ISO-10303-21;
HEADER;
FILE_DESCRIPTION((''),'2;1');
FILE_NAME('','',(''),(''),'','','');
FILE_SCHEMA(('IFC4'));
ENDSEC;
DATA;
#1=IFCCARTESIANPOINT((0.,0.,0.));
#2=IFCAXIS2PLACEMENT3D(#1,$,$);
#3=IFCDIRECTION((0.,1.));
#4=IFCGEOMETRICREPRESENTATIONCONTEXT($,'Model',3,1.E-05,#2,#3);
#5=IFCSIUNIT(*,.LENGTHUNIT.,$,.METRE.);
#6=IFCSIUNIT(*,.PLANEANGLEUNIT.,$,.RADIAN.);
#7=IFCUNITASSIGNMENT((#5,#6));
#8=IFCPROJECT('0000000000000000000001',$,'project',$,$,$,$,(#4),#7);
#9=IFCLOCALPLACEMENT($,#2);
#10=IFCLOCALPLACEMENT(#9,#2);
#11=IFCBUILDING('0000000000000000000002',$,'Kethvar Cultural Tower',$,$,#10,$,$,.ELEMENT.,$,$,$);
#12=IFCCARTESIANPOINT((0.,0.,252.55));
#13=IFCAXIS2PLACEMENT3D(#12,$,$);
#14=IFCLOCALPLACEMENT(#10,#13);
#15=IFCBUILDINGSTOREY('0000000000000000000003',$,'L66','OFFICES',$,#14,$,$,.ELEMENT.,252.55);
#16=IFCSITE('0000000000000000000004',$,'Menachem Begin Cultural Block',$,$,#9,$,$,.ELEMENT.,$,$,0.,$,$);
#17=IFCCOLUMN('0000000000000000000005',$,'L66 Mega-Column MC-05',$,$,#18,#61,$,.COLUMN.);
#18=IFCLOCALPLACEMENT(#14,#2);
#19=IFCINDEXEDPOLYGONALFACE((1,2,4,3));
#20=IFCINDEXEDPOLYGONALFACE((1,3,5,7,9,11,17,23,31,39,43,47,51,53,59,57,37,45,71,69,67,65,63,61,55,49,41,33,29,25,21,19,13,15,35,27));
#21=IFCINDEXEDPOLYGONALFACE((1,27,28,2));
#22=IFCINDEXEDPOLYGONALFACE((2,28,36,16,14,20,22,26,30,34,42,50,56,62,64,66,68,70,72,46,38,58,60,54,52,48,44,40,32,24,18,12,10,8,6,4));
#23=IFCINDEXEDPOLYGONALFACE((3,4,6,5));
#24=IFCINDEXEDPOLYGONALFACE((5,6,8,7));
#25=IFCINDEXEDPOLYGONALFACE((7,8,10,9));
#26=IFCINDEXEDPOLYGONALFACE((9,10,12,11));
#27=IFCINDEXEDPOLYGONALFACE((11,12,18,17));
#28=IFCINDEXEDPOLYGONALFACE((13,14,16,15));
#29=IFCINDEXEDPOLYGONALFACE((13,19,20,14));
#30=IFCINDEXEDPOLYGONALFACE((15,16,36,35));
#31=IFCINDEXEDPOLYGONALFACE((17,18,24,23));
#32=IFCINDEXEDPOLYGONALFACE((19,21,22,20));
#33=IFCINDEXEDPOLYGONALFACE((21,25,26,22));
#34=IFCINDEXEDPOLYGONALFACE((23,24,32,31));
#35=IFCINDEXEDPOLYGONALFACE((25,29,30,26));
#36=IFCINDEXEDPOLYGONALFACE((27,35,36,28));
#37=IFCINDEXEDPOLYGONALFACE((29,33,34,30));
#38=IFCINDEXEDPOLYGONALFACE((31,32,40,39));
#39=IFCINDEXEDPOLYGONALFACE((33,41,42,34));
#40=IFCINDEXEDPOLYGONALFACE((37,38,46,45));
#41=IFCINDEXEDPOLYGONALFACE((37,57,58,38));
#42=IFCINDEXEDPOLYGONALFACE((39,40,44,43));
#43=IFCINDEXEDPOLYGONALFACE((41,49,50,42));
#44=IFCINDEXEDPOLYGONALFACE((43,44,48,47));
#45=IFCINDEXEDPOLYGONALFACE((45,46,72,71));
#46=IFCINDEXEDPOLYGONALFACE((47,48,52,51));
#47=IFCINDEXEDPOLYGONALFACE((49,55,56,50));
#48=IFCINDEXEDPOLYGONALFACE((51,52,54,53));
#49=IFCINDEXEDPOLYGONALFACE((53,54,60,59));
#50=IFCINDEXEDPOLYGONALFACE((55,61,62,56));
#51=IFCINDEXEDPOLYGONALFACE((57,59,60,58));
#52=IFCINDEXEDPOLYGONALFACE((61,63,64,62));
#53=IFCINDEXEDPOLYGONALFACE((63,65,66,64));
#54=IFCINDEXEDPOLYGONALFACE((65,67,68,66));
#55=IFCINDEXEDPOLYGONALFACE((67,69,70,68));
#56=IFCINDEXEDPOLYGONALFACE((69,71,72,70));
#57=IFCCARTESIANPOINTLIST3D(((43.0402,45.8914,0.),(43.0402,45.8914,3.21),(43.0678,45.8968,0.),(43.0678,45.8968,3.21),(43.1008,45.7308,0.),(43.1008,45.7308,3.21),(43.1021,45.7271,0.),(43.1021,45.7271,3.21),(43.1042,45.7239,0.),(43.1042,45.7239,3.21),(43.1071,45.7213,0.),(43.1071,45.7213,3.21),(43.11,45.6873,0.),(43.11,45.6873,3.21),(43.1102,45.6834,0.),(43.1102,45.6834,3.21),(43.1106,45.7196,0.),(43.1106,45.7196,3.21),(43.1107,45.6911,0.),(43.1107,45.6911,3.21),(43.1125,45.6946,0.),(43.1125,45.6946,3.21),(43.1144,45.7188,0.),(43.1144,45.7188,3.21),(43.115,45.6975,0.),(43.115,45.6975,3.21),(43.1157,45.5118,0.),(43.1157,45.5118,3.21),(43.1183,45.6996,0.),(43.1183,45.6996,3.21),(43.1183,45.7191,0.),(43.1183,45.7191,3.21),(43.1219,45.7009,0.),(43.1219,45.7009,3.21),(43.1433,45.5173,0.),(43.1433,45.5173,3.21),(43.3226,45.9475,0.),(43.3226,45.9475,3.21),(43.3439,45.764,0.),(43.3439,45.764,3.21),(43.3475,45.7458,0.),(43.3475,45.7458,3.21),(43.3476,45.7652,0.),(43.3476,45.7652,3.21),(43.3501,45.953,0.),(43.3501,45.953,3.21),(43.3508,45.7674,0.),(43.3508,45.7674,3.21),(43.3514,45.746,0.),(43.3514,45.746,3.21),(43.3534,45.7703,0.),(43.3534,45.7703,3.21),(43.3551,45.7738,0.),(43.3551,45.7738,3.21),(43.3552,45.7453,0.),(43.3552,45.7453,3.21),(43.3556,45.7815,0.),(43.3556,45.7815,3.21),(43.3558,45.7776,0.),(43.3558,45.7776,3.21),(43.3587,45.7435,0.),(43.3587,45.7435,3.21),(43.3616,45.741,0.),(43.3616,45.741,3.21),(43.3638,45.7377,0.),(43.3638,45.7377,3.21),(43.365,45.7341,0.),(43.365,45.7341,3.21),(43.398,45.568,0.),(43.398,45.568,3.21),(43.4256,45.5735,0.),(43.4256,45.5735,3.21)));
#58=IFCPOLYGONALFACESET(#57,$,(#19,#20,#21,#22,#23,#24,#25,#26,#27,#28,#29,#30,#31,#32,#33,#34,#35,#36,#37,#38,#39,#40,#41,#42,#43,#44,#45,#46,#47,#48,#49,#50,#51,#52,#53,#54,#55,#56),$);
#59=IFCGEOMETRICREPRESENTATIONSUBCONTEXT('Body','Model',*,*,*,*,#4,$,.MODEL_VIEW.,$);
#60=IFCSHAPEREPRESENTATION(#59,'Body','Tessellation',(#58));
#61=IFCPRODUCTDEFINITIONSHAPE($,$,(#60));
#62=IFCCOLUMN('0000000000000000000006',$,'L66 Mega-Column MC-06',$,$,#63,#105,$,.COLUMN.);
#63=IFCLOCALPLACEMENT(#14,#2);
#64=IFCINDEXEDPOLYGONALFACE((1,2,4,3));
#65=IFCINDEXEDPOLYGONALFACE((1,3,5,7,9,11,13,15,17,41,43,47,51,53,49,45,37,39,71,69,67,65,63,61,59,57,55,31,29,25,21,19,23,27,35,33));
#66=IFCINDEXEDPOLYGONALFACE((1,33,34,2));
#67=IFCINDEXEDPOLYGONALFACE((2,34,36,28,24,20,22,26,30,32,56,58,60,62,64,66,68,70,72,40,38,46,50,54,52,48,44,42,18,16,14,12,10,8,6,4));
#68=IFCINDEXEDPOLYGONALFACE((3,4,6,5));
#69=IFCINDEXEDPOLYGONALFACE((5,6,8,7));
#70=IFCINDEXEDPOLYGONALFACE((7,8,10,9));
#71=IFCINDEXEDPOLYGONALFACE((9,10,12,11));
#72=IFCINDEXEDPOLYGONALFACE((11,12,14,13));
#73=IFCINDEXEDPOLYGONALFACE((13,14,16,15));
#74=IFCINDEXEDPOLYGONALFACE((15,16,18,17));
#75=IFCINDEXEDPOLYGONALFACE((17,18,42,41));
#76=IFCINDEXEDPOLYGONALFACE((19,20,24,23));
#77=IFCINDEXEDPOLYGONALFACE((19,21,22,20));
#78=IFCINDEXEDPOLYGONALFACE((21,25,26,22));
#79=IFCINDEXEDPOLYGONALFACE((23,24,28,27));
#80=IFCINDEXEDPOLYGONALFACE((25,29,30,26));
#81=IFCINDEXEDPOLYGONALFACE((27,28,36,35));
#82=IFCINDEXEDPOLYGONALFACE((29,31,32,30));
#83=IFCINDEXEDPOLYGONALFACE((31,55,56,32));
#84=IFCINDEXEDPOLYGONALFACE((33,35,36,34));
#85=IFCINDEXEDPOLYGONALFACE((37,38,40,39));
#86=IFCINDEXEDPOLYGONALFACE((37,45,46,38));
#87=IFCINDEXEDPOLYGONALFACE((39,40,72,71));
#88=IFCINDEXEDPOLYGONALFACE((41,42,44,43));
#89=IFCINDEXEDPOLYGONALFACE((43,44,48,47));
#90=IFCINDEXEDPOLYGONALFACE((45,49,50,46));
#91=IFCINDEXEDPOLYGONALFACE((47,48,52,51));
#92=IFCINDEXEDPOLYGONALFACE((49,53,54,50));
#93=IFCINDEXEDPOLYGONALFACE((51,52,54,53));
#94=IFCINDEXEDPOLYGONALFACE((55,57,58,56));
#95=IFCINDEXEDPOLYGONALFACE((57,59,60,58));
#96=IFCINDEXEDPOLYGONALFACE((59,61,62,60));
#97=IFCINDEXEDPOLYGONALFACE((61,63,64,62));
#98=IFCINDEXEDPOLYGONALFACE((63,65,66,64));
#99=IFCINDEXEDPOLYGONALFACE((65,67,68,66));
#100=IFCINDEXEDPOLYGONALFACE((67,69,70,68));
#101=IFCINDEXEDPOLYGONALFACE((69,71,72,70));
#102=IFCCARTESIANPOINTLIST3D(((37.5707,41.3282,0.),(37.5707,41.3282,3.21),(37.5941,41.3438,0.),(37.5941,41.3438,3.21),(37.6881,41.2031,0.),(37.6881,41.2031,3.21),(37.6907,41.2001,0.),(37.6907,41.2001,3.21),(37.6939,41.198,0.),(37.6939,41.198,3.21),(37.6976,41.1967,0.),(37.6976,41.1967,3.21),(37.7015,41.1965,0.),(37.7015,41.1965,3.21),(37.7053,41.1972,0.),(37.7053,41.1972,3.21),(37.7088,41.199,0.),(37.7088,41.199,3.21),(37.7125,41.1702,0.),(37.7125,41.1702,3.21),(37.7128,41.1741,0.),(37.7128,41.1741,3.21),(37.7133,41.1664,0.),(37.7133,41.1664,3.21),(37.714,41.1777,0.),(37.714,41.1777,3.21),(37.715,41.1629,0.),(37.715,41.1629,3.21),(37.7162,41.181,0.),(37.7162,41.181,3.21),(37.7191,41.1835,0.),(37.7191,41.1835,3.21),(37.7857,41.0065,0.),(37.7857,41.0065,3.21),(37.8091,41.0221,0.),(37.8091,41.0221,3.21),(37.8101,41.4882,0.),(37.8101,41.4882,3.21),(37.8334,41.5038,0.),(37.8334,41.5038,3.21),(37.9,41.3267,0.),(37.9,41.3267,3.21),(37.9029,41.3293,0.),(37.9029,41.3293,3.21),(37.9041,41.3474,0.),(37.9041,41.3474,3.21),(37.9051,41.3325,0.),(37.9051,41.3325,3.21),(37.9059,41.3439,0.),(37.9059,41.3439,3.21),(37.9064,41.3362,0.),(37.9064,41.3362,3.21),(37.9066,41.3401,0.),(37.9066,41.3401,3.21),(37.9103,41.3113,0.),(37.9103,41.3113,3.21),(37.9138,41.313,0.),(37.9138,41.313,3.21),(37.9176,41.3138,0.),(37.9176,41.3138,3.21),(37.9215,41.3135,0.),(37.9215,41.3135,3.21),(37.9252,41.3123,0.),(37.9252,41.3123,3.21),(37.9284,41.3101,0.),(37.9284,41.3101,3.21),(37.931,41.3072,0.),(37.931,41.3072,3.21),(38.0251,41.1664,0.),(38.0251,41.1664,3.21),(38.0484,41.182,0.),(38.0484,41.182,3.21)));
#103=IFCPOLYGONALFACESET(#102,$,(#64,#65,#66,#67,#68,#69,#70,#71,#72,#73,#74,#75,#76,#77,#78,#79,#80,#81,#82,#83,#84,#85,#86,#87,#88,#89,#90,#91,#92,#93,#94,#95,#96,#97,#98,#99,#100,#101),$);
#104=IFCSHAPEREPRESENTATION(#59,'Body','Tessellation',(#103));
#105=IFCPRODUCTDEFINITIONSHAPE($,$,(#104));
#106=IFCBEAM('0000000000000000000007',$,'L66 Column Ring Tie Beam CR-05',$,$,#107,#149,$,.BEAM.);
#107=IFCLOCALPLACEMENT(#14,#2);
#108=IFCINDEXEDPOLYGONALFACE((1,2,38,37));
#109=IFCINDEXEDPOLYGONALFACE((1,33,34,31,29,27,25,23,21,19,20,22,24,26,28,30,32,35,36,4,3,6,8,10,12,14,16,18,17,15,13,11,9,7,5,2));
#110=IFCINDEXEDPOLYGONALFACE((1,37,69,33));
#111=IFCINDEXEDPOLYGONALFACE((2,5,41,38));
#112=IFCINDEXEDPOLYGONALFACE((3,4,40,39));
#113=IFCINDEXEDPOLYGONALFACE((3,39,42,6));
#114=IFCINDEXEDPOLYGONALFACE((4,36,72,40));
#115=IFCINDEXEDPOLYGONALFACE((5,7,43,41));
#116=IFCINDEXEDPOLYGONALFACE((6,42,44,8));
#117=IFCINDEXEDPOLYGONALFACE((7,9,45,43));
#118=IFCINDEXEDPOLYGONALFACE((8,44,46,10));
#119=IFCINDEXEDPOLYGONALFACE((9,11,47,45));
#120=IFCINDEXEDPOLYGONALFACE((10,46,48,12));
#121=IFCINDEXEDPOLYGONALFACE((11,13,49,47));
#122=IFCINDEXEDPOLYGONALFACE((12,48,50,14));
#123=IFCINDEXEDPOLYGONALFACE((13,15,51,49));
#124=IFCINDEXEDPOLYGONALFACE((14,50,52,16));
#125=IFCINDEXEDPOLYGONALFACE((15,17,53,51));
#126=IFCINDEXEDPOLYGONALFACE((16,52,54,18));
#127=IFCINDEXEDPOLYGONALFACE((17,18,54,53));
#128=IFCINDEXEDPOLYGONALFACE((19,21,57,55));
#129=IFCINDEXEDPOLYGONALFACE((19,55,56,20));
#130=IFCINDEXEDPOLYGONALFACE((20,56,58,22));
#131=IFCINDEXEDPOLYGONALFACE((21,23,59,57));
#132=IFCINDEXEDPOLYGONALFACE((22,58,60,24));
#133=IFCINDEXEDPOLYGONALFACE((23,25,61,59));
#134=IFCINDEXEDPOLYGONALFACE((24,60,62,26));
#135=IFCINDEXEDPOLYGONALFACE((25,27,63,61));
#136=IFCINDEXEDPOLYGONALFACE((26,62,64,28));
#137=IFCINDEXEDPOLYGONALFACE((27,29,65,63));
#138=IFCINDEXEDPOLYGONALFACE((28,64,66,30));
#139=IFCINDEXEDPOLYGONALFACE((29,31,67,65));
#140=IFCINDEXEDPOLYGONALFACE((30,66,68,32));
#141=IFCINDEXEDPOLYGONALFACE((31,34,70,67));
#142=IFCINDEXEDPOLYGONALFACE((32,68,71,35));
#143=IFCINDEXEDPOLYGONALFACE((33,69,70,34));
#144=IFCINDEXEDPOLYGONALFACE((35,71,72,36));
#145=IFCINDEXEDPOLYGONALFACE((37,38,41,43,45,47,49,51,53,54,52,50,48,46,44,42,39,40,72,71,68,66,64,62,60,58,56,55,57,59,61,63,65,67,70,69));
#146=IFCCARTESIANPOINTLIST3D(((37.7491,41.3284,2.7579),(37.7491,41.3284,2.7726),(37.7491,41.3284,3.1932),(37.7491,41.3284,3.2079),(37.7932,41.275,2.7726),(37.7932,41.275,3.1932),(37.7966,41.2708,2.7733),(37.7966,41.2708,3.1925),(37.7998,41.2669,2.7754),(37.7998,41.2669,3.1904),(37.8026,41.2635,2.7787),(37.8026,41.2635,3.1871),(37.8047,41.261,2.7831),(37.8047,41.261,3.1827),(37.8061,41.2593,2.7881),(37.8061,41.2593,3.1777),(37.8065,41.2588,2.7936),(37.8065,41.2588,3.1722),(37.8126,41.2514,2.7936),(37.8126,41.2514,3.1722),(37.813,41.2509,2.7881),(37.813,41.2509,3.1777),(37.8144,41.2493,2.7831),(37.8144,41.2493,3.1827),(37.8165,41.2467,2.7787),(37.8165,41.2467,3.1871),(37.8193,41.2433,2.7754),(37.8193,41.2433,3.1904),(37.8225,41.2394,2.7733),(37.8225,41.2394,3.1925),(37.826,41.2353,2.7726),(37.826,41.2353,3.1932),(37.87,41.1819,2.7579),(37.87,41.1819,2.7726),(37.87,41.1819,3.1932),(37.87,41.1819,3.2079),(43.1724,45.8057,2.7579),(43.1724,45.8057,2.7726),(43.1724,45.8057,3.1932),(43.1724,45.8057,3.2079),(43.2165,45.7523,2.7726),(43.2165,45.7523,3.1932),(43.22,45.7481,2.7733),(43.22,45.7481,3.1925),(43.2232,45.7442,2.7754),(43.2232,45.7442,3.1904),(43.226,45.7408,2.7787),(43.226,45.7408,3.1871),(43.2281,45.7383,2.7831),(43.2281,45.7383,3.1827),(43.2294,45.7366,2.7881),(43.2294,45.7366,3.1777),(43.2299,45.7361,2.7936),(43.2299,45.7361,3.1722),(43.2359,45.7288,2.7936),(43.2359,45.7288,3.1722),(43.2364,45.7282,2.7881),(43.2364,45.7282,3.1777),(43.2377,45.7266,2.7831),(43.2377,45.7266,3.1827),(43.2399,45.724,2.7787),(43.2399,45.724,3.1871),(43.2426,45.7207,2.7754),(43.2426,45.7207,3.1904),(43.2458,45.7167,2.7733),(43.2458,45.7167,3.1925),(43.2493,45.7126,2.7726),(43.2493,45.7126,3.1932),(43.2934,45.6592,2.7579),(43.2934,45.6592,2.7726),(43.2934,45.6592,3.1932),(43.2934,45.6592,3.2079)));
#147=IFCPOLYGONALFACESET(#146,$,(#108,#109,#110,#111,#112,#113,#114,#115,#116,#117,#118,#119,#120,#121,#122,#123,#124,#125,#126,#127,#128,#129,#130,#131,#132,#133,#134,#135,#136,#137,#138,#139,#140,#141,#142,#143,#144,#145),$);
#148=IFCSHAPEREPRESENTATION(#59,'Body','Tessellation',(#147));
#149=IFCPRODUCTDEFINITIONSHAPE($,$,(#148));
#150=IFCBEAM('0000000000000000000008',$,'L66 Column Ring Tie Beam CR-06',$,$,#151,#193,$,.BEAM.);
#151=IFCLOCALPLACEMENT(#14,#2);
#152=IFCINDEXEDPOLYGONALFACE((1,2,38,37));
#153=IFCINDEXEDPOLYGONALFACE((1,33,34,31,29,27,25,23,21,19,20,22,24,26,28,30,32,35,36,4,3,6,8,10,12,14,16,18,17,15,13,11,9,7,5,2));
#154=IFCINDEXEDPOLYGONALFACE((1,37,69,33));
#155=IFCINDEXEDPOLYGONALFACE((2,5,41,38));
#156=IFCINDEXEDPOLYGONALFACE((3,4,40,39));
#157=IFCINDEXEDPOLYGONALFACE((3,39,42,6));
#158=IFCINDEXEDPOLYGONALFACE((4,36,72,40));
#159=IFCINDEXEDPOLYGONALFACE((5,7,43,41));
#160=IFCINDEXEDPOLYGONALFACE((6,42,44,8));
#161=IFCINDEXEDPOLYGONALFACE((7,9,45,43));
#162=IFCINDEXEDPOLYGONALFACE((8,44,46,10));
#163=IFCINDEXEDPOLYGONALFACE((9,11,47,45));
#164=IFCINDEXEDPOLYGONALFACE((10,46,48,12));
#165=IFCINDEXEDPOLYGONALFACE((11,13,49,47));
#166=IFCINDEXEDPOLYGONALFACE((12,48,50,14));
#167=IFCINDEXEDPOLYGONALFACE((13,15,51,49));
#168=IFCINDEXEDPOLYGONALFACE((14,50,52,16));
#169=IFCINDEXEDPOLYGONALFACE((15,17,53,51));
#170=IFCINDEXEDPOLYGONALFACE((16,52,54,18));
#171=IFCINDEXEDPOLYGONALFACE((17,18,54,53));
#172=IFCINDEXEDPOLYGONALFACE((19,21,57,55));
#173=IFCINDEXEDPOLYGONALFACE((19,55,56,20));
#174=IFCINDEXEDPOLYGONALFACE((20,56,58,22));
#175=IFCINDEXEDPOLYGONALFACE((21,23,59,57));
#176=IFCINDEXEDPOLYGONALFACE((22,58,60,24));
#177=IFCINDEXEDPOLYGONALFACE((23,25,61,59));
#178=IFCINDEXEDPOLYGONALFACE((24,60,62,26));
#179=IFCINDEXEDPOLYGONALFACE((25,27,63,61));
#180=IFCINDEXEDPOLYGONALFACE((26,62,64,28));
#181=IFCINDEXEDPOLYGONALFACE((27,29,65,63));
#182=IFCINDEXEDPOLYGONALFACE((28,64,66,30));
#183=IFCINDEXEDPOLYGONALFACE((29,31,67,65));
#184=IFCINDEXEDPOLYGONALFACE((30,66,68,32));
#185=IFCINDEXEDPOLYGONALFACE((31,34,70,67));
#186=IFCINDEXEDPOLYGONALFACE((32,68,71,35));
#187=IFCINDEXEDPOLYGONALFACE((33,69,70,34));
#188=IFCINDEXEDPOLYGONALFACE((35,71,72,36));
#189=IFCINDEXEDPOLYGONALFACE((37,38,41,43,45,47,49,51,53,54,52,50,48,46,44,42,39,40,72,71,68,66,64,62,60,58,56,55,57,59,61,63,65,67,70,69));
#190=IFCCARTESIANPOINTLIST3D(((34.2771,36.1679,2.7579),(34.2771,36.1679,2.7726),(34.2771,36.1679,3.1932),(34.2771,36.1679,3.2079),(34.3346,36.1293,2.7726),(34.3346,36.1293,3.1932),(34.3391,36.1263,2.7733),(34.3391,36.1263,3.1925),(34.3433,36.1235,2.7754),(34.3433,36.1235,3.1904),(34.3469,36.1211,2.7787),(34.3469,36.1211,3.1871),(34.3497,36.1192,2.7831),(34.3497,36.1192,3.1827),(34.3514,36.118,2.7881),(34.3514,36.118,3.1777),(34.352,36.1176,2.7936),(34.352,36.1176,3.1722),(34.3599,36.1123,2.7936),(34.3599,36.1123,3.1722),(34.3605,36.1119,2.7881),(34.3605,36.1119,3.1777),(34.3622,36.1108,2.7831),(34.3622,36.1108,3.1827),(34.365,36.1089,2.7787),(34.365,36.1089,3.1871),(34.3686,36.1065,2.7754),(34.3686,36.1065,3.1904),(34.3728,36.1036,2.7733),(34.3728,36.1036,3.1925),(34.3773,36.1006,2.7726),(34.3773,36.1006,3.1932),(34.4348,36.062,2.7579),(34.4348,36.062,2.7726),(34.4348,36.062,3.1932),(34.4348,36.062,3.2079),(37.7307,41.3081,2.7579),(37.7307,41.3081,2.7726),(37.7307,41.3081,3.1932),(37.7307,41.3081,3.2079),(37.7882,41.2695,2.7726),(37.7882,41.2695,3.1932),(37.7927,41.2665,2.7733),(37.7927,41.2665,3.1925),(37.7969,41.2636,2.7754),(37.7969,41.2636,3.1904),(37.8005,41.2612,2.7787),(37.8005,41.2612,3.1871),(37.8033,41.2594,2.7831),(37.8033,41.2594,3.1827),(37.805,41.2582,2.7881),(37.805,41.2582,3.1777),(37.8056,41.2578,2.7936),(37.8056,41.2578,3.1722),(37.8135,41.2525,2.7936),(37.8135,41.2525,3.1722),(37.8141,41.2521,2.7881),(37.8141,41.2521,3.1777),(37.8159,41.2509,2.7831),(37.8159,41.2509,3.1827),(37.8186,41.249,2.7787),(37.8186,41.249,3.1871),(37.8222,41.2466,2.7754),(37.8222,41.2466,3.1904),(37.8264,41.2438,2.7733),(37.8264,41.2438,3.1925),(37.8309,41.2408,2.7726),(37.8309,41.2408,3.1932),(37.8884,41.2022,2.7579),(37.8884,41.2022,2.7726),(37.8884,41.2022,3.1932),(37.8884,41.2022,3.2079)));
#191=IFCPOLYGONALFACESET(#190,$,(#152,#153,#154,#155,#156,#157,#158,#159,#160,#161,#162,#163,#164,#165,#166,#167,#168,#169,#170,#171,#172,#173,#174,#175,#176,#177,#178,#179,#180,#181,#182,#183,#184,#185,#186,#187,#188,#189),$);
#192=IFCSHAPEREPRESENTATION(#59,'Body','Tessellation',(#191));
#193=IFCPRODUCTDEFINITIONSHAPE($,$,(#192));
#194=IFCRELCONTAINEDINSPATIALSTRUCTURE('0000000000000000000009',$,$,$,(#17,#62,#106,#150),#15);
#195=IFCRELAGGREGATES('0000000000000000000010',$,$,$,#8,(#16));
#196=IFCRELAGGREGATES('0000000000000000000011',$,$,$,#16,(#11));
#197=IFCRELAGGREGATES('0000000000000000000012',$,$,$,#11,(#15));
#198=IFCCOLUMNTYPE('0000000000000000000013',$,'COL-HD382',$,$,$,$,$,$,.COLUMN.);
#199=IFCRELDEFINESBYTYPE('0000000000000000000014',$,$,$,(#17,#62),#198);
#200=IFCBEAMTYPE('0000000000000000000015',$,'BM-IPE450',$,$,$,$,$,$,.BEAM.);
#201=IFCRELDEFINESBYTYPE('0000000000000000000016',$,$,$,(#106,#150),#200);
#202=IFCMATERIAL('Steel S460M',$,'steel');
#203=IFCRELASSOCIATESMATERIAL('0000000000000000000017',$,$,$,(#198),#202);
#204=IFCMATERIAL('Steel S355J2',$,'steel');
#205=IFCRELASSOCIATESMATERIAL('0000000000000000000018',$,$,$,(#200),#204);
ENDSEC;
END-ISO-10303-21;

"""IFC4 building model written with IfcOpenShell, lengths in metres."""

from ifc_helpers import new_model, si_unit, direction, frame, origin, origin_2d, place, context, subcontext, project, spatial, i_section, extrude, source, transform, mapped, material, material_profile, profile_set, type_object, element, save


model = new_model("IFC4")

# Units and contexts
model_context = context("Model", 3, precision=1e-05, world=origin(), true_north=direction((0.0, 1.0)))
body_context = subcontext(model_context, "Body", "Model", "MODEL_VIEW")
ifc_project = project(units=[si_unit("LENGTHUNIT", "METRE"), si_unit("PLANEANGLEUNIT", "RADIAN")], contexts=[model_context])

# Site, building, storey
site_placement = place(None, origin())
site = spatial("IfcSite", under=ifc_project, at=site_placement, Name="Menachem Begin Cultural Block", CompositionType="ELEMENT", RefElevation=0.0)
building_placement = place(site_placement, origin())
building = spatial("IfcBuilding", under=site, at=building_placement, Name="Kethvar Cultural Tower", CompositionType="ELEMENT")
storey_placement = place(building_placement, frame((0.0, 0.0, 252.55)))
storey = spatial("IfcBuildingStorey", under=building, at=storey_placement, Name="L66", Description="OFFICES", CompositionType="ELEMENT", Elevation=252.55)

# Columns
ifc_material_1 = material(Name="Steel S460M", Category="steel")
ifc_material_profile_1 = material_profile(ifc_material_1, i_section(OverallWidth=0.387, OverallDepth=0.3159, WebThickness=0.0186, FlangeThickness=0.0281, FilletRadius=0.0149, at=origin_2d()), Name="Steel S460M — HD400x382")
ifc_profile_set_1 = profile_set([ifc_material_profile_1], Name="Steel S460M — HD400x382")
column_type = type_object("IfcColumnType", Name="COL-HD382", PredefinedType="COLUMN", material=ifc_profile_set_1)
shared_shape_1 = source(origin(), body_context, "Body", "SweptSolid", [
    extrude(i_section(OverallWidth=0.387, OverallDepth=0.3159, WebThickness=0.0186, FlangeThickness=0.0281, FilletRadius=0.0149, at=origin_2d()), origin(), (0.0, 0.0, 1.0), 3.21),
])
for number, where, z_axis, x_axis, name in (
    (1, (43.2329, 45.7324, 0.0), (0.0, 0.0, 1.0), (-0.19509, 0.980785, 0.0), "L66 Mega-Column MC-05"),
    (2, (37.8096, 41.2551, 0.0), (0.0, 0.0, 1.0), (-0.55557, 0.83147, 0.0), "L66 Mega-Column MC-06"),
):
    element("IfcColumn", number, at=place(storey_placement, frame(where, z_axis=z_axis, x_axis=x_axis)), inside=storey, type_object=column_type, Name=name, PredefinedType="COLUMN", context=body_context, shape_type="MappedRepresentation", body=[
        mapped(shared_shape_1, transform((0.0, 0.0, 0.0), scale=1.0)),
    ])

# Beams
ifc_material_2 = material(Name="Steel S355J2", Category="steel")
ifc_material_profile_2 = material_profile(ifc_material_2, i_section(OverallWidth=0.1899, OverallDepth=0.45, WebThickness=0.0095, FlangeThickness=0.0146, FilletRadius=0.021, at=origin_2d()), Name="Steel S355J2 — IPE450")
ifc_profile_set_2 = profile_set([ifc_material_profile_2], Name="Steel S355J2 — IPE450")
beam_type_1 = type_object("IfcBeamType", Name="BM-IPE450", PredefinedType="BEAM", material=ifc_profile_set_2)
shared_shape_2 = source(origin(), body_context, "Body", "SweptSolid", [
    extrude(i_section(OverallWidth=0.1899, OverallDepth=0.45, WebThickness=0.0095, FlangeThickness=0.0146, FilletRadius=0.021, at=origin_2d()), origin(), (0.0, 0.0, 1.0), 7.0327),
])
beam_1_placement = place(storey_placement, frame((43.2329, 45.7324, 2.9829), z_axis=(-0.771161, -0.63664, 0.0), x_axis=(0.63664, -0.771161, 0.0)))
element("IfcBeam", 3, at=beam_1_placement, inside=storey, type_object=beam_type_1, Name="L66 Column Ring Tie Beam CR-05", PredefinedType="BEAM", context=body_context, shape_type="MappedRepresentation", body=[
    mapped(shared_shape_2, transform((0.0, 0.0, 0.0), scale=1.0)),
])
shared_shape_3 = source(origin(), body_context, "Body", "SweptSolid", [
    extrude(i_section(OverallWidth=0.1899, OverallDepth=0.45, WebThickness=0.0095, FlangeThickness=0.0146, FilletRadius=0.021, at=origin_2d()), origin(), (0.0, 0.0, 1.0), 6.1926),
])
beam_2_placement = place(storey_placement, frame((37.8096, 41.2551, 2.9829), z_axis=(-0.557699, -0.830043, 0.0), x_axis=(0.830043, -0.557699, 0.0)))
element("IfcBeam", 4, at=beam_2_placement, inside=storey, type_object=beam_type_1, Name="L66 Column Ring Tie Beam CR-06", PredefinedType="BEAM", context=body_context, shape_type="MappedRepresentation", body=[
    mapped(shared_shape_3, transform((0.0, 0.0, 0.0), scale=1.0)),
])

save(model, "model.ifc")
